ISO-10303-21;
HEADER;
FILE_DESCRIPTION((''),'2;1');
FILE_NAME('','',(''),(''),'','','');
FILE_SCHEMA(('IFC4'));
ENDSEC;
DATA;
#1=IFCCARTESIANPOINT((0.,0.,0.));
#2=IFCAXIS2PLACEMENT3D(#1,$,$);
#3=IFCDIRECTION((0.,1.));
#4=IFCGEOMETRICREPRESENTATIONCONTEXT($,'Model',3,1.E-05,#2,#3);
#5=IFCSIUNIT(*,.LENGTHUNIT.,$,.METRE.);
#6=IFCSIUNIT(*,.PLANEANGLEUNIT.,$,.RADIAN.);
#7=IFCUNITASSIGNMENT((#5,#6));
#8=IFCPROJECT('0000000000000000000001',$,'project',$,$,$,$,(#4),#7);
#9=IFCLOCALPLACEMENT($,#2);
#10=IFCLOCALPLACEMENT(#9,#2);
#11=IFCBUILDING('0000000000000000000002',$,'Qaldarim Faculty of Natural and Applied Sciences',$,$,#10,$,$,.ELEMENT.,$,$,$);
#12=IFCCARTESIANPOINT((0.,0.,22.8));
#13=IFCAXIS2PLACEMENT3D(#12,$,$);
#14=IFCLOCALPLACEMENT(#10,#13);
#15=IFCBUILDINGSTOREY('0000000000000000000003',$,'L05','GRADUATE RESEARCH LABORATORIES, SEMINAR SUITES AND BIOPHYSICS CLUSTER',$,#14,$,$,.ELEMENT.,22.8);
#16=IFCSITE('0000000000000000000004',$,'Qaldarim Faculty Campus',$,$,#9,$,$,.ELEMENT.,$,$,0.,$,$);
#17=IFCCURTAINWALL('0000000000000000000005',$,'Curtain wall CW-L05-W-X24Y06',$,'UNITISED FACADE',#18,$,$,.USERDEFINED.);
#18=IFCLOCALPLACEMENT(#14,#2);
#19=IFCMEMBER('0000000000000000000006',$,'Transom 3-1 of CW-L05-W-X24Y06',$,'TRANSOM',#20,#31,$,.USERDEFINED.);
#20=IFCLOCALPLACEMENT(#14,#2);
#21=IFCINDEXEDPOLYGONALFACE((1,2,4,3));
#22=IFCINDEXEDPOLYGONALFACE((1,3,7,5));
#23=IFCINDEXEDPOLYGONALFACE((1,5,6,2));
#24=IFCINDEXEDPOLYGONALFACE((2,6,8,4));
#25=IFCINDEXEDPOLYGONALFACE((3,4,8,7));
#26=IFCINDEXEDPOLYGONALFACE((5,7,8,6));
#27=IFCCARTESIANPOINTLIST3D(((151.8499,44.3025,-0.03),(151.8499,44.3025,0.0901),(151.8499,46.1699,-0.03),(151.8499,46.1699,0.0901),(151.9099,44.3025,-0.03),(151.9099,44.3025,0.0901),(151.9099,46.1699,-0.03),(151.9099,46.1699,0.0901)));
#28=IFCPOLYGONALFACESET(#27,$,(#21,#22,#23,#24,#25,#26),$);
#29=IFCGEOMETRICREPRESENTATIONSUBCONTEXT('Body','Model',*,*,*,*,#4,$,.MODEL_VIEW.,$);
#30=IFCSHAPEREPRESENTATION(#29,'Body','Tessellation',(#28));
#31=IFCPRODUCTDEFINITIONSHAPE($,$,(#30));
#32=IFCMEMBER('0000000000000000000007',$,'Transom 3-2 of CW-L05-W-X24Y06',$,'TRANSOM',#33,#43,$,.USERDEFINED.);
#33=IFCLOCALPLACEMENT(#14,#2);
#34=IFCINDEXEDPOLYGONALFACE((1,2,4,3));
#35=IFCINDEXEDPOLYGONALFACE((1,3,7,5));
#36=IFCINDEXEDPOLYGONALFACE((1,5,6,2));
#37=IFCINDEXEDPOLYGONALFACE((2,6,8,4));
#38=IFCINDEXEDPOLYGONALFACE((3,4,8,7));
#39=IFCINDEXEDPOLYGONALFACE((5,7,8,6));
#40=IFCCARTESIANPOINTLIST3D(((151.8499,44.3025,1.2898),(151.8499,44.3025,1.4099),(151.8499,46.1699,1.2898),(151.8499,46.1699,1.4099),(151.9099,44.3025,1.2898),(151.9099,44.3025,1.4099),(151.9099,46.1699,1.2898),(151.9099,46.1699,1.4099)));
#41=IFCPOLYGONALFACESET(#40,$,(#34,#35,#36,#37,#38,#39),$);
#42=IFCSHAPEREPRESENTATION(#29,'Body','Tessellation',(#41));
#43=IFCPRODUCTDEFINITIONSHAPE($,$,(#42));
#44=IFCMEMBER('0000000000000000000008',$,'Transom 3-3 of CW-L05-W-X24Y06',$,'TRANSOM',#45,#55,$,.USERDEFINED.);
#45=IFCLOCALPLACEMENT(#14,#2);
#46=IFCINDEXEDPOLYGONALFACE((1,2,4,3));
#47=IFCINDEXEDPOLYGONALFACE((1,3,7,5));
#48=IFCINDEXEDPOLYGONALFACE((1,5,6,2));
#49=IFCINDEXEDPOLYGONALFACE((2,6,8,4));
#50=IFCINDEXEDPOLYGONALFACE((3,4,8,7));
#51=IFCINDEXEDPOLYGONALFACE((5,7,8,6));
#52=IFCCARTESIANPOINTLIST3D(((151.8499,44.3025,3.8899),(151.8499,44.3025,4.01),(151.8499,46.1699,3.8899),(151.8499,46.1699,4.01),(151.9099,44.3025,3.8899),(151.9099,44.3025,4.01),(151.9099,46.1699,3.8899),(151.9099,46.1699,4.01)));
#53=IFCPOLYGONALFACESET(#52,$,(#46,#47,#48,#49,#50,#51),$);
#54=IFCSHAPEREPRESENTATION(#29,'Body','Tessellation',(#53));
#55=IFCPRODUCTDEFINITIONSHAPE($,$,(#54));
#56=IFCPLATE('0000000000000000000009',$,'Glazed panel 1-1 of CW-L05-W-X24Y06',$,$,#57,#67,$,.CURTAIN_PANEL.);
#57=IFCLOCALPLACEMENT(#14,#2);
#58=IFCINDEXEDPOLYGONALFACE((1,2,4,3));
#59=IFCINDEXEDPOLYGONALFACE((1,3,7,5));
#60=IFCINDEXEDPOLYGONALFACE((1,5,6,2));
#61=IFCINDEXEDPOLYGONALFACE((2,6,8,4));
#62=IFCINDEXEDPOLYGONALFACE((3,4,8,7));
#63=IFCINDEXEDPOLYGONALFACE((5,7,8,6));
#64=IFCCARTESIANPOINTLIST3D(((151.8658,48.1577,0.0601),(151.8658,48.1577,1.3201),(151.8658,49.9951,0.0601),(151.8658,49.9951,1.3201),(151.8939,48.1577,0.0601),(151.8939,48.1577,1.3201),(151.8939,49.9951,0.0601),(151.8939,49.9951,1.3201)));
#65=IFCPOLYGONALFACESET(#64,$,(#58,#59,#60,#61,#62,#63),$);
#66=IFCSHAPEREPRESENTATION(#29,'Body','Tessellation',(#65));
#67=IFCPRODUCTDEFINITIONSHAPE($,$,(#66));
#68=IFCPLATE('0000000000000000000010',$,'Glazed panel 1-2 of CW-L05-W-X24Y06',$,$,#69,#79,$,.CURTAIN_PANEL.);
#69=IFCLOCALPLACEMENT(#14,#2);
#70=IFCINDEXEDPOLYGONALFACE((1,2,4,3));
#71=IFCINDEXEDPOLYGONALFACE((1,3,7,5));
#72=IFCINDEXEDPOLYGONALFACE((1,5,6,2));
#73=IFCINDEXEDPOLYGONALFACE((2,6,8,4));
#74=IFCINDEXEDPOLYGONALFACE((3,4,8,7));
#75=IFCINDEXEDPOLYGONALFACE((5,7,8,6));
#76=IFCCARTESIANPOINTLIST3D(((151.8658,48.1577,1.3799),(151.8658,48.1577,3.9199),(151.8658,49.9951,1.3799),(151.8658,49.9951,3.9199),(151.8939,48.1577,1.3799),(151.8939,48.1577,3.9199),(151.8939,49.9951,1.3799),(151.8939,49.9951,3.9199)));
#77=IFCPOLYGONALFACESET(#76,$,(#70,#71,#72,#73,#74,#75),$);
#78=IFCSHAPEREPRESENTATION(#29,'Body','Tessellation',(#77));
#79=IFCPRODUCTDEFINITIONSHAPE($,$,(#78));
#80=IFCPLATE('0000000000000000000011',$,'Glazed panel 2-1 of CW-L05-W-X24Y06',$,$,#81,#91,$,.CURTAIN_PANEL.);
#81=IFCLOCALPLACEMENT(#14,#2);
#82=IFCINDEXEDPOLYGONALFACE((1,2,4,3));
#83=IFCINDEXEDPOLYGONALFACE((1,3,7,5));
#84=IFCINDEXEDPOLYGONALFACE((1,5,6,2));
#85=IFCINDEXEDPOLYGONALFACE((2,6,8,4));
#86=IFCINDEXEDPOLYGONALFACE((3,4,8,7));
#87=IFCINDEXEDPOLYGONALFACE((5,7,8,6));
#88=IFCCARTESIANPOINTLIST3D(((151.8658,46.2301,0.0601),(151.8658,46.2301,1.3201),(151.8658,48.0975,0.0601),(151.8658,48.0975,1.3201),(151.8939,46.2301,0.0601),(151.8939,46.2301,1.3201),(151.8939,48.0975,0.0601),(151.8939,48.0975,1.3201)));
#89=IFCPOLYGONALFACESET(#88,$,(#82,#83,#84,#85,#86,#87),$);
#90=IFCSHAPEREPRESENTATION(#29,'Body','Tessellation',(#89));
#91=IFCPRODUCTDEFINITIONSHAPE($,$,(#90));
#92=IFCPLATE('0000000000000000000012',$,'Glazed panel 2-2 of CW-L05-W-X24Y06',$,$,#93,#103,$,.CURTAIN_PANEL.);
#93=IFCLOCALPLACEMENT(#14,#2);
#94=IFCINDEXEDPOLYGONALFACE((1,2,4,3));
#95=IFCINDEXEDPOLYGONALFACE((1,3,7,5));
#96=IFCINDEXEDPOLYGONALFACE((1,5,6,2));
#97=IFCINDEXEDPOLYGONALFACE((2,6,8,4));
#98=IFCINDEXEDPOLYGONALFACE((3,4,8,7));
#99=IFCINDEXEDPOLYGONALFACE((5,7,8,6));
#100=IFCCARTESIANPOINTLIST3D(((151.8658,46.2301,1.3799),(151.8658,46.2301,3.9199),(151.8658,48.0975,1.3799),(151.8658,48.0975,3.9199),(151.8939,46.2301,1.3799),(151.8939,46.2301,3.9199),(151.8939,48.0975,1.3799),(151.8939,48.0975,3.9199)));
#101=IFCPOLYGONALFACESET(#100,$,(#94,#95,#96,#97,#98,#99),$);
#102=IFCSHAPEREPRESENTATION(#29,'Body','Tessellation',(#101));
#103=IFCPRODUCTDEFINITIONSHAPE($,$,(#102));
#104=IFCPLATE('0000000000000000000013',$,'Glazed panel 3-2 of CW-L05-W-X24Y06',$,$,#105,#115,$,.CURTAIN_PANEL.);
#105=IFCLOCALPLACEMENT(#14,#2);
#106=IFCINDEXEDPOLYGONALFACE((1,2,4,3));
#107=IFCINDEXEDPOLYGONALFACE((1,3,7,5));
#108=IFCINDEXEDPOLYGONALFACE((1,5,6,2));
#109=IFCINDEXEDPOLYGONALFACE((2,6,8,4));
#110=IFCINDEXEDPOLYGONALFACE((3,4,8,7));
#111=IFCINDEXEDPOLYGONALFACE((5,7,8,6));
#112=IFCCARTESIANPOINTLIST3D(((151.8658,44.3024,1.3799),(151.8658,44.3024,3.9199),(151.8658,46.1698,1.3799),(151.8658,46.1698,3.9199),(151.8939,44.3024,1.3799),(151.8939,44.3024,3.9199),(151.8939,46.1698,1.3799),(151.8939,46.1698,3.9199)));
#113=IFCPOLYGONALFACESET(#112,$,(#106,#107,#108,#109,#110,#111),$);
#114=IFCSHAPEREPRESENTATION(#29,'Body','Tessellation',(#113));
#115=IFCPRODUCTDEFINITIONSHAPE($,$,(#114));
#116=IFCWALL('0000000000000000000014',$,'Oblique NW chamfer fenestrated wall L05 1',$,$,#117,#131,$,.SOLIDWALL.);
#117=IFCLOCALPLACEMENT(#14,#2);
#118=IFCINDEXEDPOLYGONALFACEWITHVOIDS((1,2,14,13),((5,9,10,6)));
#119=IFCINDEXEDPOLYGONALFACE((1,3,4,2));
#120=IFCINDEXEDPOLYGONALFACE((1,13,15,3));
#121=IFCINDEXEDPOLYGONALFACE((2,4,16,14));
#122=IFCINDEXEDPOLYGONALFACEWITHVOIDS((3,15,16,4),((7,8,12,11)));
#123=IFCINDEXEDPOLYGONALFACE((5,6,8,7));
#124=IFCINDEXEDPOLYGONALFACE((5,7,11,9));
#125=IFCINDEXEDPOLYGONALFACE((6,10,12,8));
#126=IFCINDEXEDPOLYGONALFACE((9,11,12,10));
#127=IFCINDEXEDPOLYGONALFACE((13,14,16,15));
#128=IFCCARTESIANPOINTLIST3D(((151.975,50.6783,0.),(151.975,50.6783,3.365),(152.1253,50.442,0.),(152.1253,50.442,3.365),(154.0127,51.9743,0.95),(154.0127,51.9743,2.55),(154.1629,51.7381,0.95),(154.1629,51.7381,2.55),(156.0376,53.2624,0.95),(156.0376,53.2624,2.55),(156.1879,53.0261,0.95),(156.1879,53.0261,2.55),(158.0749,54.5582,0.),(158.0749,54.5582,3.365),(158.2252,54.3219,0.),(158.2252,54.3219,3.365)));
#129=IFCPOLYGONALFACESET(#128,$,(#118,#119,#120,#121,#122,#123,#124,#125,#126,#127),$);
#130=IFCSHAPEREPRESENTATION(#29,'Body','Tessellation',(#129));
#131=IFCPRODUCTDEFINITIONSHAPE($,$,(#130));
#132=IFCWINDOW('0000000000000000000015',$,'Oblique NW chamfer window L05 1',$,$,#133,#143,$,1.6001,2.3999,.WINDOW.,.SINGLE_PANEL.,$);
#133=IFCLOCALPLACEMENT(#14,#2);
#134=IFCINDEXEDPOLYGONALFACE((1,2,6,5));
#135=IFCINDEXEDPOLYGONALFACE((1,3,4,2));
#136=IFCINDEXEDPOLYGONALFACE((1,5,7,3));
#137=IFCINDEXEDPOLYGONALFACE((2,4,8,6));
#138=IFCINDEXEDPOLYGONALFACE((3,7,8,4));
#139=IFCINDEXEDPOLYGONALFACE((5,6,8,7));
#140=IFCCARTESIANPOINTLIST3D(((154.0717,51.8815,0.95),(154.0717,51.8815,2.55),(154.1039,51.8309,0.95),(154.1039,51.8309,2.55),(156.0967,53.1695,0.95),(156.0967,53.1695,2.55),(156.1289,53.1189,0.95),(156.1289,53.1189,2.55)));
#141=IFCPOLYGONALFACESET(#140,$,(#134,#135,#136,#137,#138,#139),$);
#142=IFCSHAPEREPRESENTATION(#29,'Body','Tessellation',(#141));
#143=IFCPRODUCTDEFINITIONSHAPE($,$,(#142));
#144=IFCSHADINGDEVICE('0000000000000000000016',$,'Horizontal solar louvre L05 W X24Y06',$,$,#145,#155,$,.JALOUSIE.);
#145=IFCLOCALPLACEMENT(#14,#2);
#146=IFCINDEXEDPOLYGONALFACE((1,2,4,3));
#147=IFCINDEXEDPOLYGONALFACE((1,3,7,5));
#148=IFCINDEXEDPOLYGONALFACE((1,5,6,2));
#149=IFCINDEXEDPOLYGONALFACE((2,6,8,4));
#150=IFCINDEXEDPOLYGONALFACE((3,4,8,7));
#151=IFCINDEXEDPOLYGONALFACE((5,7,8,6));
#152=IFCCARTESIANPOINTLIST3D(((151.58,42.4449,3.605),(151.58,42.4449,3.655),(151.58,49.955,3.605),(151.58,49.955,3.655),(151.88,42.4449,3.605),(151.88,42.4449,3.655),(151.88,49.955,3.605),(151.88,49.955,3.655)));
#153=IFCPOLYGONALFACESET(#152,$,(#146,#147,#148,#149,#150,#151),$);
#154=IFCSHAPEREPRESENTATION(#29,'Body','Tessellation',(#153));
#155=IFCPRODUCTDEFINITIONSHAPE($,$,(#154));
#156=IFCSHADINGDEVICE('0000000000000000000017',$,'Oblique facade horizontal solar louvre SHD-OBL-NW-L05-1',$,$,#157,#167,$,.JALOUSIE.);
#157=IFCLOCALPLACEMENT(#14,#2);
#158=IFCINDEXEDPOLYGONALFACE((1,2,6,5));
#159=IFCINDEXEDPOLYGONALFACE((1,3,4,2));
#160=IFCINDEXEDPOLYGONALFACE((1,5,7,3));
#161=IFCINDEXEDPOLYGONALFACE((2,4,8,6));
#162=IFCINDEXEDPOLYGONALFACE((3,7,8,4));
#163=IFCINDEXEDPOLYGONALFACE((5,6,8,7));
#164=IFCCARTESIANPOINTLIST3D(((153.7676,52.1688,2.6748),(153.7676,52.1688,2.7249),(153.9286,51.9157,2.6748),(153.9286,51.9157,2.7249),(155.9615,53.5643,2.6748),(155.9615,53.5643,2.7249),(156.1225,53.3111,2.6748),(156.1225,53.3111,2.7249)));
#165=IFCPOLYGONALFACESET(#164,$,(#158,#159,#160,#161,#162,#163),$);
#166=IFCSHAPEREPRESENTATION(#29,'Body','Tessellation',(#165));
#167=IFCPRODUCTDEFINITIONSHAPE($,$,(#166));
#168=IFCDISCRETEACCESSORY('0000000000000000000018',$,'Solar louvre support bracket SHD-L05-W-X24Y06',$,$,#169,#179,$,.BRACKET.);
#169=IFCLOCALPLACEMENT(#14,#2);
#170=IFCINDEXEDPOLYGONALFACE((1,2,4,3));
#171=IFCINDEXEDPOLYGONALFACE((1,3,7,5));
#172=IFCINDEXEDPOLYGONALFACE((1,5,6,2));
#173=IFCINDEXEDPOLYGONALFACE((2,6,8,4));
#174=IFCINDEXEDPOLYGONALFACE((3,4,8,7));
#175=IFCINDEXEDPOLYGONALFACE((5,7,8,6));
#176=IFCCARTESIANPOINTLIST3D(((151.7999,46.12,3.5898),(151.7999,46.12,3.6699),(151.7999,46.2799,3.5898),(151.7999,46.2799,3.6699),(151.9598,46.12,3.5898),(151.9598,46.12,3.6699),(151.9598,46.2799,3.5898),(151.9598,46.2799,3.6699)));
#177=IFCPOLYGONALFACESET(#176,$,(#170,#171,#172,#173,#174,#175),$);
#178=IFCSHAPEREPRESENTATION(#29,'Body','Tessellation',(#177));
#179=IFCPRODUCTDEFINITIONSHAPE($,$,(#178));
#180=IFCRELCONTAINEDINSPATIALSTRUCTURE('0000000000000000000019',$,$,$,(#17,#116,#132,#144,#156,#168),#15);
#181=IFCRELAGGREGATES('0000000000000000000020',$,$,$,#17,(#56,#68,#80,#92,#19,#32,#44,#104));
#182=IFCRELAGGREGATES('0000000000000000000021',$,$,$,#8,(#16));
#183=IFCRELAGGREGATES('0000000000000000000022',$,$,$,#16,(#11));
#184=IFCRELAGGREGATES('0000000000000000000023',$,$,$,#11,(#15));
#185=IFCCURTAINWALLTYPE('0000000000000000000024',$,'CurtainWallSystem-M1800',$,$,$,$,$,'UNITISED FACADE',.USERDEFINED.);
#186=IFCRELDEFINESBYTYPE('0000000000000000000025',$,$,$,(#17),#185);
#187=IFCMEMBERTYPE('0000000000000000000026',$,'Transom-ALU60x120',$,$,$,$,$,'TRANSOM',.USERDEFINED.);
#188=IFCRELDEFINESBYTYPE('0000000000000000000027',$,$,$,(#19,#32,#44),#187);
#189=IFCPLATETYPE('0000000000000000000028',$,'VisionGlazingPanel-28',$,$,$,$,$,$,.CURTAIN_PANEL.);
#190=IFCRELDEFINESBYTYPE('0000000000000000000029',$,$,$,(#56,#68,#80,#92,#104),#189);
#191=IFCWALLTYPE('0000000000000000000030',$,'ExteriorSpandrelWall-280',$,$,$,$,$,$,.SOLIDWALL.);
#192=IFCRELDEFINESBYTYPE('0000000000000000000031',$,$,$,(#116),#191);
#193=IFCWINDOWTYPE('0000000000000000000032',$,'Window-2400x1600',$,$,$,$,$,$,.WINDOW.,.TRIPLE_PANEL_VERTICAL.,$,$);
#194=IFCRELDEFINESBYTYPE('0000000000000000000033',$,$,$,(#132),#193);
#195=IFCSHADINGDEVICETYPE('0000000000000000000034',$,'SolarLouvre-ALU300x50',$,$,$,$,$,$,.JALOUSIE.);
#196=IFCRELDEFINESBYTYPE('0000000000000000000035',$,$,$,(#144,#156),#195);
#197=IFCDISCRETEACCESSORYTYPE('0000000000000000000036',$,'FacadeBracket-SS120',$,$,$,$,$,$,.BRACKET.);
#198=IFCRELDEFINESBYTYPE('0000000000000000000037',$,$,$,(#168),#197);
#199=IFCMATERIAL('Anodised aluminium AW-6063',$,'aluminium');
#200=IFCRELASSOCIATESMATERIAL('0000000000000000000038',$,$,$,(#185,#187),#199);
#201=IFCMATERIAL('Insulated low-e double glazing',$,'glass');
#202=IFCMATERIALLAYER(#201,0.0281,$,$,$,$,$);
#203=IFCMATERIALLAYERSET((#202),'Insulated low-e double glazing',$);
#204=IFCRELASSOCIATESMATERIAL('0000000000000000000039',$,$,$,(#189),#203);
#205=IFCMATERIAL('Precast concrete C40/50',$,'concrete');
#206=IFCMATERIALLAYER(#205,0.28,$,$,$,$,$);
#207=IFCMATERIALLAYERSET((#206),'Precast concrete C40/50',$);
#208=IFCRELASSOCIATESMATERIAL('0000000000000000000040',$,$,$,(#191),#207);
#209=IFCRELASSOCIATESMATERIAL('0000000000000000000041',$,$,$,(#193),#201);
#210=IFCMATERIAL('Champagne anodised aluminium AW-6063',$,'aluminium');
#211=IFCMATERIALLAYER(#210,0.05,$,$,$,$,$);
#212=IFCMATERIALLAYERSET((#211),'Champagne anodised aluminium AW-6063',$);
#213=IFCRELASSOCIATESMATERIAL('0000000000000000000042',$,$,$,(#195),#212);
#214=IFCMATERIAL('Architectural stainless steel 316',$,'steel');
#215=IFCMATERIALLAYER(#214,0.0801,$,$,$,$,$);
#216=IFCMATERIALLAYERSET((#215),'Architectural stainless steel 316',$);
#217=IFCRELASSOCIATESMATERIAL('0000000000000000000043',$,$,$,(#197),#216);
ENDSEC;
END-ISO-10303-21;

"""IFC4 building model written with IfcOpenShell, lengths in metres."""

from ifc_helpers import new_model, si_unit, direction, frame, frame_2d, origin, origin_2d, place, context, subcontext, project, spatial, rectangle, extrude, material, layer, layer_set, material_profile, profile_set, type_object, element, fill, aggregate, save


model = new_model("IFC4")

# Units and contexts
model_context = context("Model", 3, precision=1e-05, world=origin(), true_north=direction((0.0, 1.0)))
body_context = subcontext(model_context, "Body", "Model", "MODEL_VIEW")
ifc_project = project(units=[si_unit("LENGTHUNIT", "METRE"), si_unit("PLANEANGLEUNIT", "RADIAN")], contexts=[model_context])

# Site, building, storey
site_placement = place(None, origin())
site = spatial("IfcSite", under=ifc_project, at=site_placement, Name="Qaldarim Faculty Campus", CompositionType="ELEMENT", RefElevation=0.0)
building_placement = place(site_placement, origin())
building = spatial("IfcBuilding", under=site, at=building_placement, Name="Qaldarim Faculty of Natural and Applied Sciences", CompositionType="ELEMENT")
storey_placement = place(building_placement, frame((0.0, 0.0, 22.8)))
storey = spatial("IfcBuildingStorey", under=building, at=storey_placement, Name="L05", Description="GRADUATE RESEARCH LABORATORIES, SEMINAR SUITES AND BIOPHYSICS CLUSTER", CompositionType="ELEMENT", Elevation=22.8)

# Curtain wall
ifc_material_1 = material(Name="Anodised aluminium AW-6063", Category="aluminium")
curtain_wall_type = type_object("IfcCurtainWallType", Name="CurtainWallSystem-M1800", ElementType="UNITISED FACADE", PredefinedType="USERDEFINED", material=ifc_material_1)
curtain_wall_placement = place(storey_placement, origin())
curtain_wall = element("IfcCurtainWall", 1, at=curtain_wall_placement, inside=storey, type_object=curtain_wall_type, Name="Curtain wall CW-L05-W-X24Y06", ObjectType="UNITISED FACADE", PredefinedType="USERDEFINED")

# Shared definitions
ifc_material_2 = material(Name="Precast concrete C40/50", Category="concrete")

# Members
ifc_material_profile_1 = material_profile(ifc_material_1, rectangle(XDim=0.0601, YDim=0.1201, at=origin_2d()), Name="ALU-T60x120")
ifc_profile_set_1 = profile_set([ifc_material_profile_1], Name="Anodised aluminium AW-6063")
member_type_1 = type_object("IfcMemberType", Name="Transom-ALU60x120", ElementType="TRANSOM", PredefinedType="USERDEFINED", material=ifc_profile_set_1)
member_1_placement = place(storey_placement, frame((151.8799, 46.1699, 0.03), z_axis=(0.0, -1.0, 0.0), x_axis=(1.0, 0.0, 0.0)))
member_1 = element("IfcMember", 2, at=member_1_placement, type_object=member_type_1, Name="Transom 3-1 of CW-L05-W-X24Y06", ObjectType="TRANSOM", PredefinedType="USERDEFINED", context=body_context, shape_type="SweptSolid", body=[
    extrude(rectangle(XDim=0.0601, YDim=0.1201, at=origin_2d()), origin(), (0.0, 0.0, 1.0), 1.8674),
])
member_2_placement = place(storey_placement, frame((151.8799, 46.1699, 1.3499), z_axis=(0.0, -1.0, 0.0), x_axis=(1.0, 0.0, 0.0)))
member_2 = element("IfcMember", 3, at=member_2_placement, type_object=member_type_1, Name="Transom 3-2 of CW-L05-W-X24Y06", ObjectType="TRANSOM", PredefinedType="USERDEFINED", context=body_context, shape_type="SweptSolid", body=[
    extrude(rectangle(XDim=0.0601, YDim=0.1201, at=origin_2d()), origin(), (0.0, 0.0, 1.0), 1.8674),
])
member_3_placement = place(storey_placement, frame((151.8799, 46.1699, 3.95), z_axis=(0.0, -1.0, 0.0), x_axis=(1.0, 0.0, 0.0)))
member_3 = element("IfcMember", 4, at=member_3_placement, type_object=member_type_1, Name="Transom 3-3 of CW-L05-W-X24Y06", ObjectType="TRANSOM", PredefinedType="USERDEFINED", context=body_context, shape_type="SweptSolid", body=[
    extrude(rectangle(XDim=0.0601, YDim=0.1201, at=origin_2d()), origin(), (0.0, 0.0, 1.0), 1.8674),
])

# Plates
ifc_material_3 = material(Name="Insulated low-e double glazing", Category="glass")
ifc_layer_1 = layer(ifc_material_3, 0.0281)
ifc_layer_set_1 = layer_set([ifc_layer_1], Name="Insulated low-e double glazing")
plate_type = type_object("IfcPlateType", Name="VisionGlazingPanel-28", PredefinedType="CURTAIN_PANEL", material=ifc_layer_set_1)
plate_1_placement = place(storey_placement, frame((151.8799, 49.0764, 0.0601), z_axis=(0.0, 0.0, 1.0), x_axis=(0.0, -1.0, 0.0)))
plate_1 = element("IfcPlate", 5, at=plate_1_placement, type_object=plate_type, Name="Glazed panel 1-1 of CW-L05-W-X24Y06", PredefinedType="CURTAIN_PANEL", context=body_context, shape_type="SweptSolid", body=[
    extrude(rectangle(XDim=1.8374, YDim=0.0281, at=origin_2d()), origin(), (0.0, 0.0, 1.0), 1.26),
])
plate_2_placement = place(storey_placement, frame((151.8799, 49.0764, 1.3799), z_axis=(0.0, 0.0, 1.0), x_axis=(0.0, -1.0, 0.0)))
plate_2 = element("IfcPlate", 6, at=plate_2_placement, type_object=plate_type, Name="Glazed panel 1-2 of CW-L05-W-X24Y06", PredefinedType="CURTAIN_PANEL", context=body_context, shape_type="SweptSolid", body=[
    extrude(rectangle(XDim=1.8374, YDim=0.0281, at=origin_2d()), origin(), (0.0, 0.0, 1.0), 2.54),
])
plate_3_placement = place(storey_placement, frame((151.8799, 47.1638, 0.0601), z_axis=(0.0, 0.0, 1.0), x_axis=(0.0, -1.0, 0.0)))
plate_3 = element("IfcPlate", 7, at=plate_3_placement, type_object=plate_type, Name="Glazed panel 2-1 of CW-L05-W-X24Y06", PredefinedType="CURTAIN_PANEL", context=body_context, shape_type="SweptSolid", body=[
    extrude(rectangle(XDim=1.8674, YDim=0.0281, at=origin_2d()), origin(), (0.0, 0.0, 1.0), 1.26),
])
plate_4_placement = place(storey_placement, frame((151.8799, 47.1638, 1.3799), z_axis=(0.0, 0.0, 1.0), x_axis=(0.0, -1.0, 0.0)))
plate_4 = element("IfcPlate", 8, at=plate_4_placement, type_object=plate_type, Name="Glazed panel 2-2 of CW-L05-W-X24Y06", PredefinedType="CURTAIN_PANEL", context=body_context, shape_type="SweptSolid", body=[
    extrude(rectangle(XDim=1.8674, YDim=0.0281, at=origin_2d()), origin(), (0.0, 0.0, 1.0), 2.54),
])
plate_5_placement = place(storey_placement, frame((151.8799, 45.2361, 1.3799), z_axis=(0.0, 0.0, 1.0), x_axis=(0.0, -1.0, 0.0)))
plate_5 = element("IfcPlate", 9, at=plate_5_placement, type_object=plate_type, Name="Glazed panel 3-2 of CW-L05-W-X24Y06", PredefinedType="CURTAIN_PANEL", context=body_context, shape_type="SweptSolid", body=[
    extrude(rectangle(XDim=1.8674, YDim=0.0281, at=origin_2d()), origin(), (0.0, 0.0, 1.0), 2.54),
])
aggregate(curtain_wall, [plate_1, plate_2, plate_3, plate_4, member_1, member_2, member_3, plate_5])

# Wall, opening, window
ifc_layer_2 = layer(ifc_material_2, 0.28)
ifc_layer_set_2 = layer_set([ifc_layer_2], Name="Precast concrete C40/50")
wall_type = type_object("IfcWallType", Name="ExteriorSpandrelWall-280", PredefinedType="SOLIDWALL", material=ifc_layer_set_2)
wall_placement = place(storey_placement, frame((152.05, 50.5601, 0.0), z_axis=(0.0, 0.0, 1.0), x_axis=(0.843777, 0.536694, 0.0)))
wall = element("IfcWall", 10, at=wall_placement, inside=storey, type_object=wall_type, Name="Oblique NW chamfer fenestrated wall L05 1", PredefinedType="SOLIDWALL", context=body_context, shape_type="SweptSolid", body=[
    extrude(rectangle(XDim=7.2292, YDim=0.28, at=frame_2d((3.6147, 0.0))), origin(), (0.0, 0.0, 1.0), 3.365),
])
opening_placement = place(wall_placement, frame((2.415, 0.0, 0.95)))
opening = element("IfcOpeningElement", 11, at=opening_placement, cuts=wall, PredefinedType="OPENING", context=body_context, shape_type="SweptSolid", body=[
    extrude(rectangle(XDim=2.3999, YDim=1.6001, at=frame_2d((1.2, 0.8))), frame((0.0, 0.1499, 0.0), z_axis=(0.0, -1.0, 0.0), x_axis=(1.0, 0.0, 0.0)), (0.0, 0.0, 1.0), 0.3),
])
window_type = type_object("IfcWindowType", Name="Window-2400x1600", PartitioningType="TRIPLE_PANEL_VERTICAL", PredefinedType="WINDOW", material=ifc_material_3)
window_placement = place(opening_placement, origin())
window = element("IfcWindow", 12, at=window_placement, inside=storey, type_object=window_type, Name="Oblique NW chamfer window L05 1", OverallHeight=1.6001, OverallWidth=2.3999, PartitioningType="SINGLE_PANEL", PredefinedType="WINDOW", context=body_context, shape_type="SweptSolid", body=[
    extrude(rectangle(XDim=2.3999, YDim=1.6001, at=frame_2d((1.2, 0.8))), frame((0.0, 0.03, 0.0), z_axis=(0.0, -1.0, 0.0), x_axis=(1.0, 0.0, 0.0)), (0.0, 0.0, 1.0), 0.0601),
])
fill(opening, window)

# Shading devices
ifc_material_4 = material(Name="Champagne anodised aluminium AW-6063", Category="aluminium")
ifc_layer_3 = layer(ifc_material_4, 0.05)
ifc_layer_set_3 = layer_set([ifc_layer_3], Name="Champagne anodised aluminium AW-6063")
shading_device_type = type_object("IfcShadingDeviceType", Name="SolarLouvre-ALU300x50", PredefinedType="JALOUSIE", material=ifc_layer_set_3)
shading_device_1_placement = place(storey_placement, frame((151.73, 46.2, 3.605), z_axis=(0.0, 0.0, 1.0), x_axis=(0.0, 1.0, 0.0)))
element("IfcShadingDevice", 13, at=shading_device_1_placement, inside=storey, type_object=shading_device_type, Name="Horizontal solar louvre L05 W X24Y06", PredefinedType="JALOUSIE", context=body_context, shape_type="SweptSolid", body=[
    extrude(rectangle(XDim=7.51, YDim=0.3, at=origin_2d()), origin(), (0.0, 0.0, 1.0), 0.05),
])
shading_device_2_placement = place(storey_placement, frame((154.9451, 52.74, 2.6748), z_axis=(0.0, 0.0, 1.0), x_axis=(0.843776, 0.536696, 0.0)))
element("IfcShadingDevice", 14, at=shading_device_2_placement, inside=storey, type_object=shading_device_type, Name="Oblique facade horizontal solar louvre SHD-OBL-NW-L05-1", PredefinedType="JALOUSIE", context=body_context, shape_type="SweptSolid", body=[
    extrude(rectangle(XDim=2.6001, YDim=0.3, at=origin_2d()), origin(), (0.0, 0.0, 1.0), 0.05),
])

# Discrete accessory
ifc_material_5 = material(Name="Architectural stainless steel 316", Category="steel")
ifc_layer_4 = layer(ifc_material_5, 0.0801)
ifc_layer_set_4 = layer_set([ifc_layer_4], Name="Architectural stainless steel 316")
discrete_accessory_type = type_object("IfcDiscreteAccessoryType", Name="FacadeBracket-SS120", PredefinedType="BRACKET", material=ifc_layer_set_4)
for number, where, z_axis, x_axis, name in (
    (15, (151.8799, 46.2, 3.5898), (0.0, 0.0, 1.0), (0.0, 1.0, 0.0), "Solar louvre support bracket SHD-L05-W-X24Y06"),
):
    element("IfcDiscreteAccessory", number, at=place(storey_placement, frame(where, z_axis=z_axis, x_axis=x_axis)), inside=storey, type_object=discrete_accessory_type, Name=name, PredefinedType="BRACKET", context=body_context, shape_type="SweptSolid", body=[
        extrude(rectangle(XDim=0.1599, YDim=0.1599, at=origin_2d()), origin(), (0.0, 0.0, 1.0), 0.0801),
    ])

save(model, "model.ifc")
